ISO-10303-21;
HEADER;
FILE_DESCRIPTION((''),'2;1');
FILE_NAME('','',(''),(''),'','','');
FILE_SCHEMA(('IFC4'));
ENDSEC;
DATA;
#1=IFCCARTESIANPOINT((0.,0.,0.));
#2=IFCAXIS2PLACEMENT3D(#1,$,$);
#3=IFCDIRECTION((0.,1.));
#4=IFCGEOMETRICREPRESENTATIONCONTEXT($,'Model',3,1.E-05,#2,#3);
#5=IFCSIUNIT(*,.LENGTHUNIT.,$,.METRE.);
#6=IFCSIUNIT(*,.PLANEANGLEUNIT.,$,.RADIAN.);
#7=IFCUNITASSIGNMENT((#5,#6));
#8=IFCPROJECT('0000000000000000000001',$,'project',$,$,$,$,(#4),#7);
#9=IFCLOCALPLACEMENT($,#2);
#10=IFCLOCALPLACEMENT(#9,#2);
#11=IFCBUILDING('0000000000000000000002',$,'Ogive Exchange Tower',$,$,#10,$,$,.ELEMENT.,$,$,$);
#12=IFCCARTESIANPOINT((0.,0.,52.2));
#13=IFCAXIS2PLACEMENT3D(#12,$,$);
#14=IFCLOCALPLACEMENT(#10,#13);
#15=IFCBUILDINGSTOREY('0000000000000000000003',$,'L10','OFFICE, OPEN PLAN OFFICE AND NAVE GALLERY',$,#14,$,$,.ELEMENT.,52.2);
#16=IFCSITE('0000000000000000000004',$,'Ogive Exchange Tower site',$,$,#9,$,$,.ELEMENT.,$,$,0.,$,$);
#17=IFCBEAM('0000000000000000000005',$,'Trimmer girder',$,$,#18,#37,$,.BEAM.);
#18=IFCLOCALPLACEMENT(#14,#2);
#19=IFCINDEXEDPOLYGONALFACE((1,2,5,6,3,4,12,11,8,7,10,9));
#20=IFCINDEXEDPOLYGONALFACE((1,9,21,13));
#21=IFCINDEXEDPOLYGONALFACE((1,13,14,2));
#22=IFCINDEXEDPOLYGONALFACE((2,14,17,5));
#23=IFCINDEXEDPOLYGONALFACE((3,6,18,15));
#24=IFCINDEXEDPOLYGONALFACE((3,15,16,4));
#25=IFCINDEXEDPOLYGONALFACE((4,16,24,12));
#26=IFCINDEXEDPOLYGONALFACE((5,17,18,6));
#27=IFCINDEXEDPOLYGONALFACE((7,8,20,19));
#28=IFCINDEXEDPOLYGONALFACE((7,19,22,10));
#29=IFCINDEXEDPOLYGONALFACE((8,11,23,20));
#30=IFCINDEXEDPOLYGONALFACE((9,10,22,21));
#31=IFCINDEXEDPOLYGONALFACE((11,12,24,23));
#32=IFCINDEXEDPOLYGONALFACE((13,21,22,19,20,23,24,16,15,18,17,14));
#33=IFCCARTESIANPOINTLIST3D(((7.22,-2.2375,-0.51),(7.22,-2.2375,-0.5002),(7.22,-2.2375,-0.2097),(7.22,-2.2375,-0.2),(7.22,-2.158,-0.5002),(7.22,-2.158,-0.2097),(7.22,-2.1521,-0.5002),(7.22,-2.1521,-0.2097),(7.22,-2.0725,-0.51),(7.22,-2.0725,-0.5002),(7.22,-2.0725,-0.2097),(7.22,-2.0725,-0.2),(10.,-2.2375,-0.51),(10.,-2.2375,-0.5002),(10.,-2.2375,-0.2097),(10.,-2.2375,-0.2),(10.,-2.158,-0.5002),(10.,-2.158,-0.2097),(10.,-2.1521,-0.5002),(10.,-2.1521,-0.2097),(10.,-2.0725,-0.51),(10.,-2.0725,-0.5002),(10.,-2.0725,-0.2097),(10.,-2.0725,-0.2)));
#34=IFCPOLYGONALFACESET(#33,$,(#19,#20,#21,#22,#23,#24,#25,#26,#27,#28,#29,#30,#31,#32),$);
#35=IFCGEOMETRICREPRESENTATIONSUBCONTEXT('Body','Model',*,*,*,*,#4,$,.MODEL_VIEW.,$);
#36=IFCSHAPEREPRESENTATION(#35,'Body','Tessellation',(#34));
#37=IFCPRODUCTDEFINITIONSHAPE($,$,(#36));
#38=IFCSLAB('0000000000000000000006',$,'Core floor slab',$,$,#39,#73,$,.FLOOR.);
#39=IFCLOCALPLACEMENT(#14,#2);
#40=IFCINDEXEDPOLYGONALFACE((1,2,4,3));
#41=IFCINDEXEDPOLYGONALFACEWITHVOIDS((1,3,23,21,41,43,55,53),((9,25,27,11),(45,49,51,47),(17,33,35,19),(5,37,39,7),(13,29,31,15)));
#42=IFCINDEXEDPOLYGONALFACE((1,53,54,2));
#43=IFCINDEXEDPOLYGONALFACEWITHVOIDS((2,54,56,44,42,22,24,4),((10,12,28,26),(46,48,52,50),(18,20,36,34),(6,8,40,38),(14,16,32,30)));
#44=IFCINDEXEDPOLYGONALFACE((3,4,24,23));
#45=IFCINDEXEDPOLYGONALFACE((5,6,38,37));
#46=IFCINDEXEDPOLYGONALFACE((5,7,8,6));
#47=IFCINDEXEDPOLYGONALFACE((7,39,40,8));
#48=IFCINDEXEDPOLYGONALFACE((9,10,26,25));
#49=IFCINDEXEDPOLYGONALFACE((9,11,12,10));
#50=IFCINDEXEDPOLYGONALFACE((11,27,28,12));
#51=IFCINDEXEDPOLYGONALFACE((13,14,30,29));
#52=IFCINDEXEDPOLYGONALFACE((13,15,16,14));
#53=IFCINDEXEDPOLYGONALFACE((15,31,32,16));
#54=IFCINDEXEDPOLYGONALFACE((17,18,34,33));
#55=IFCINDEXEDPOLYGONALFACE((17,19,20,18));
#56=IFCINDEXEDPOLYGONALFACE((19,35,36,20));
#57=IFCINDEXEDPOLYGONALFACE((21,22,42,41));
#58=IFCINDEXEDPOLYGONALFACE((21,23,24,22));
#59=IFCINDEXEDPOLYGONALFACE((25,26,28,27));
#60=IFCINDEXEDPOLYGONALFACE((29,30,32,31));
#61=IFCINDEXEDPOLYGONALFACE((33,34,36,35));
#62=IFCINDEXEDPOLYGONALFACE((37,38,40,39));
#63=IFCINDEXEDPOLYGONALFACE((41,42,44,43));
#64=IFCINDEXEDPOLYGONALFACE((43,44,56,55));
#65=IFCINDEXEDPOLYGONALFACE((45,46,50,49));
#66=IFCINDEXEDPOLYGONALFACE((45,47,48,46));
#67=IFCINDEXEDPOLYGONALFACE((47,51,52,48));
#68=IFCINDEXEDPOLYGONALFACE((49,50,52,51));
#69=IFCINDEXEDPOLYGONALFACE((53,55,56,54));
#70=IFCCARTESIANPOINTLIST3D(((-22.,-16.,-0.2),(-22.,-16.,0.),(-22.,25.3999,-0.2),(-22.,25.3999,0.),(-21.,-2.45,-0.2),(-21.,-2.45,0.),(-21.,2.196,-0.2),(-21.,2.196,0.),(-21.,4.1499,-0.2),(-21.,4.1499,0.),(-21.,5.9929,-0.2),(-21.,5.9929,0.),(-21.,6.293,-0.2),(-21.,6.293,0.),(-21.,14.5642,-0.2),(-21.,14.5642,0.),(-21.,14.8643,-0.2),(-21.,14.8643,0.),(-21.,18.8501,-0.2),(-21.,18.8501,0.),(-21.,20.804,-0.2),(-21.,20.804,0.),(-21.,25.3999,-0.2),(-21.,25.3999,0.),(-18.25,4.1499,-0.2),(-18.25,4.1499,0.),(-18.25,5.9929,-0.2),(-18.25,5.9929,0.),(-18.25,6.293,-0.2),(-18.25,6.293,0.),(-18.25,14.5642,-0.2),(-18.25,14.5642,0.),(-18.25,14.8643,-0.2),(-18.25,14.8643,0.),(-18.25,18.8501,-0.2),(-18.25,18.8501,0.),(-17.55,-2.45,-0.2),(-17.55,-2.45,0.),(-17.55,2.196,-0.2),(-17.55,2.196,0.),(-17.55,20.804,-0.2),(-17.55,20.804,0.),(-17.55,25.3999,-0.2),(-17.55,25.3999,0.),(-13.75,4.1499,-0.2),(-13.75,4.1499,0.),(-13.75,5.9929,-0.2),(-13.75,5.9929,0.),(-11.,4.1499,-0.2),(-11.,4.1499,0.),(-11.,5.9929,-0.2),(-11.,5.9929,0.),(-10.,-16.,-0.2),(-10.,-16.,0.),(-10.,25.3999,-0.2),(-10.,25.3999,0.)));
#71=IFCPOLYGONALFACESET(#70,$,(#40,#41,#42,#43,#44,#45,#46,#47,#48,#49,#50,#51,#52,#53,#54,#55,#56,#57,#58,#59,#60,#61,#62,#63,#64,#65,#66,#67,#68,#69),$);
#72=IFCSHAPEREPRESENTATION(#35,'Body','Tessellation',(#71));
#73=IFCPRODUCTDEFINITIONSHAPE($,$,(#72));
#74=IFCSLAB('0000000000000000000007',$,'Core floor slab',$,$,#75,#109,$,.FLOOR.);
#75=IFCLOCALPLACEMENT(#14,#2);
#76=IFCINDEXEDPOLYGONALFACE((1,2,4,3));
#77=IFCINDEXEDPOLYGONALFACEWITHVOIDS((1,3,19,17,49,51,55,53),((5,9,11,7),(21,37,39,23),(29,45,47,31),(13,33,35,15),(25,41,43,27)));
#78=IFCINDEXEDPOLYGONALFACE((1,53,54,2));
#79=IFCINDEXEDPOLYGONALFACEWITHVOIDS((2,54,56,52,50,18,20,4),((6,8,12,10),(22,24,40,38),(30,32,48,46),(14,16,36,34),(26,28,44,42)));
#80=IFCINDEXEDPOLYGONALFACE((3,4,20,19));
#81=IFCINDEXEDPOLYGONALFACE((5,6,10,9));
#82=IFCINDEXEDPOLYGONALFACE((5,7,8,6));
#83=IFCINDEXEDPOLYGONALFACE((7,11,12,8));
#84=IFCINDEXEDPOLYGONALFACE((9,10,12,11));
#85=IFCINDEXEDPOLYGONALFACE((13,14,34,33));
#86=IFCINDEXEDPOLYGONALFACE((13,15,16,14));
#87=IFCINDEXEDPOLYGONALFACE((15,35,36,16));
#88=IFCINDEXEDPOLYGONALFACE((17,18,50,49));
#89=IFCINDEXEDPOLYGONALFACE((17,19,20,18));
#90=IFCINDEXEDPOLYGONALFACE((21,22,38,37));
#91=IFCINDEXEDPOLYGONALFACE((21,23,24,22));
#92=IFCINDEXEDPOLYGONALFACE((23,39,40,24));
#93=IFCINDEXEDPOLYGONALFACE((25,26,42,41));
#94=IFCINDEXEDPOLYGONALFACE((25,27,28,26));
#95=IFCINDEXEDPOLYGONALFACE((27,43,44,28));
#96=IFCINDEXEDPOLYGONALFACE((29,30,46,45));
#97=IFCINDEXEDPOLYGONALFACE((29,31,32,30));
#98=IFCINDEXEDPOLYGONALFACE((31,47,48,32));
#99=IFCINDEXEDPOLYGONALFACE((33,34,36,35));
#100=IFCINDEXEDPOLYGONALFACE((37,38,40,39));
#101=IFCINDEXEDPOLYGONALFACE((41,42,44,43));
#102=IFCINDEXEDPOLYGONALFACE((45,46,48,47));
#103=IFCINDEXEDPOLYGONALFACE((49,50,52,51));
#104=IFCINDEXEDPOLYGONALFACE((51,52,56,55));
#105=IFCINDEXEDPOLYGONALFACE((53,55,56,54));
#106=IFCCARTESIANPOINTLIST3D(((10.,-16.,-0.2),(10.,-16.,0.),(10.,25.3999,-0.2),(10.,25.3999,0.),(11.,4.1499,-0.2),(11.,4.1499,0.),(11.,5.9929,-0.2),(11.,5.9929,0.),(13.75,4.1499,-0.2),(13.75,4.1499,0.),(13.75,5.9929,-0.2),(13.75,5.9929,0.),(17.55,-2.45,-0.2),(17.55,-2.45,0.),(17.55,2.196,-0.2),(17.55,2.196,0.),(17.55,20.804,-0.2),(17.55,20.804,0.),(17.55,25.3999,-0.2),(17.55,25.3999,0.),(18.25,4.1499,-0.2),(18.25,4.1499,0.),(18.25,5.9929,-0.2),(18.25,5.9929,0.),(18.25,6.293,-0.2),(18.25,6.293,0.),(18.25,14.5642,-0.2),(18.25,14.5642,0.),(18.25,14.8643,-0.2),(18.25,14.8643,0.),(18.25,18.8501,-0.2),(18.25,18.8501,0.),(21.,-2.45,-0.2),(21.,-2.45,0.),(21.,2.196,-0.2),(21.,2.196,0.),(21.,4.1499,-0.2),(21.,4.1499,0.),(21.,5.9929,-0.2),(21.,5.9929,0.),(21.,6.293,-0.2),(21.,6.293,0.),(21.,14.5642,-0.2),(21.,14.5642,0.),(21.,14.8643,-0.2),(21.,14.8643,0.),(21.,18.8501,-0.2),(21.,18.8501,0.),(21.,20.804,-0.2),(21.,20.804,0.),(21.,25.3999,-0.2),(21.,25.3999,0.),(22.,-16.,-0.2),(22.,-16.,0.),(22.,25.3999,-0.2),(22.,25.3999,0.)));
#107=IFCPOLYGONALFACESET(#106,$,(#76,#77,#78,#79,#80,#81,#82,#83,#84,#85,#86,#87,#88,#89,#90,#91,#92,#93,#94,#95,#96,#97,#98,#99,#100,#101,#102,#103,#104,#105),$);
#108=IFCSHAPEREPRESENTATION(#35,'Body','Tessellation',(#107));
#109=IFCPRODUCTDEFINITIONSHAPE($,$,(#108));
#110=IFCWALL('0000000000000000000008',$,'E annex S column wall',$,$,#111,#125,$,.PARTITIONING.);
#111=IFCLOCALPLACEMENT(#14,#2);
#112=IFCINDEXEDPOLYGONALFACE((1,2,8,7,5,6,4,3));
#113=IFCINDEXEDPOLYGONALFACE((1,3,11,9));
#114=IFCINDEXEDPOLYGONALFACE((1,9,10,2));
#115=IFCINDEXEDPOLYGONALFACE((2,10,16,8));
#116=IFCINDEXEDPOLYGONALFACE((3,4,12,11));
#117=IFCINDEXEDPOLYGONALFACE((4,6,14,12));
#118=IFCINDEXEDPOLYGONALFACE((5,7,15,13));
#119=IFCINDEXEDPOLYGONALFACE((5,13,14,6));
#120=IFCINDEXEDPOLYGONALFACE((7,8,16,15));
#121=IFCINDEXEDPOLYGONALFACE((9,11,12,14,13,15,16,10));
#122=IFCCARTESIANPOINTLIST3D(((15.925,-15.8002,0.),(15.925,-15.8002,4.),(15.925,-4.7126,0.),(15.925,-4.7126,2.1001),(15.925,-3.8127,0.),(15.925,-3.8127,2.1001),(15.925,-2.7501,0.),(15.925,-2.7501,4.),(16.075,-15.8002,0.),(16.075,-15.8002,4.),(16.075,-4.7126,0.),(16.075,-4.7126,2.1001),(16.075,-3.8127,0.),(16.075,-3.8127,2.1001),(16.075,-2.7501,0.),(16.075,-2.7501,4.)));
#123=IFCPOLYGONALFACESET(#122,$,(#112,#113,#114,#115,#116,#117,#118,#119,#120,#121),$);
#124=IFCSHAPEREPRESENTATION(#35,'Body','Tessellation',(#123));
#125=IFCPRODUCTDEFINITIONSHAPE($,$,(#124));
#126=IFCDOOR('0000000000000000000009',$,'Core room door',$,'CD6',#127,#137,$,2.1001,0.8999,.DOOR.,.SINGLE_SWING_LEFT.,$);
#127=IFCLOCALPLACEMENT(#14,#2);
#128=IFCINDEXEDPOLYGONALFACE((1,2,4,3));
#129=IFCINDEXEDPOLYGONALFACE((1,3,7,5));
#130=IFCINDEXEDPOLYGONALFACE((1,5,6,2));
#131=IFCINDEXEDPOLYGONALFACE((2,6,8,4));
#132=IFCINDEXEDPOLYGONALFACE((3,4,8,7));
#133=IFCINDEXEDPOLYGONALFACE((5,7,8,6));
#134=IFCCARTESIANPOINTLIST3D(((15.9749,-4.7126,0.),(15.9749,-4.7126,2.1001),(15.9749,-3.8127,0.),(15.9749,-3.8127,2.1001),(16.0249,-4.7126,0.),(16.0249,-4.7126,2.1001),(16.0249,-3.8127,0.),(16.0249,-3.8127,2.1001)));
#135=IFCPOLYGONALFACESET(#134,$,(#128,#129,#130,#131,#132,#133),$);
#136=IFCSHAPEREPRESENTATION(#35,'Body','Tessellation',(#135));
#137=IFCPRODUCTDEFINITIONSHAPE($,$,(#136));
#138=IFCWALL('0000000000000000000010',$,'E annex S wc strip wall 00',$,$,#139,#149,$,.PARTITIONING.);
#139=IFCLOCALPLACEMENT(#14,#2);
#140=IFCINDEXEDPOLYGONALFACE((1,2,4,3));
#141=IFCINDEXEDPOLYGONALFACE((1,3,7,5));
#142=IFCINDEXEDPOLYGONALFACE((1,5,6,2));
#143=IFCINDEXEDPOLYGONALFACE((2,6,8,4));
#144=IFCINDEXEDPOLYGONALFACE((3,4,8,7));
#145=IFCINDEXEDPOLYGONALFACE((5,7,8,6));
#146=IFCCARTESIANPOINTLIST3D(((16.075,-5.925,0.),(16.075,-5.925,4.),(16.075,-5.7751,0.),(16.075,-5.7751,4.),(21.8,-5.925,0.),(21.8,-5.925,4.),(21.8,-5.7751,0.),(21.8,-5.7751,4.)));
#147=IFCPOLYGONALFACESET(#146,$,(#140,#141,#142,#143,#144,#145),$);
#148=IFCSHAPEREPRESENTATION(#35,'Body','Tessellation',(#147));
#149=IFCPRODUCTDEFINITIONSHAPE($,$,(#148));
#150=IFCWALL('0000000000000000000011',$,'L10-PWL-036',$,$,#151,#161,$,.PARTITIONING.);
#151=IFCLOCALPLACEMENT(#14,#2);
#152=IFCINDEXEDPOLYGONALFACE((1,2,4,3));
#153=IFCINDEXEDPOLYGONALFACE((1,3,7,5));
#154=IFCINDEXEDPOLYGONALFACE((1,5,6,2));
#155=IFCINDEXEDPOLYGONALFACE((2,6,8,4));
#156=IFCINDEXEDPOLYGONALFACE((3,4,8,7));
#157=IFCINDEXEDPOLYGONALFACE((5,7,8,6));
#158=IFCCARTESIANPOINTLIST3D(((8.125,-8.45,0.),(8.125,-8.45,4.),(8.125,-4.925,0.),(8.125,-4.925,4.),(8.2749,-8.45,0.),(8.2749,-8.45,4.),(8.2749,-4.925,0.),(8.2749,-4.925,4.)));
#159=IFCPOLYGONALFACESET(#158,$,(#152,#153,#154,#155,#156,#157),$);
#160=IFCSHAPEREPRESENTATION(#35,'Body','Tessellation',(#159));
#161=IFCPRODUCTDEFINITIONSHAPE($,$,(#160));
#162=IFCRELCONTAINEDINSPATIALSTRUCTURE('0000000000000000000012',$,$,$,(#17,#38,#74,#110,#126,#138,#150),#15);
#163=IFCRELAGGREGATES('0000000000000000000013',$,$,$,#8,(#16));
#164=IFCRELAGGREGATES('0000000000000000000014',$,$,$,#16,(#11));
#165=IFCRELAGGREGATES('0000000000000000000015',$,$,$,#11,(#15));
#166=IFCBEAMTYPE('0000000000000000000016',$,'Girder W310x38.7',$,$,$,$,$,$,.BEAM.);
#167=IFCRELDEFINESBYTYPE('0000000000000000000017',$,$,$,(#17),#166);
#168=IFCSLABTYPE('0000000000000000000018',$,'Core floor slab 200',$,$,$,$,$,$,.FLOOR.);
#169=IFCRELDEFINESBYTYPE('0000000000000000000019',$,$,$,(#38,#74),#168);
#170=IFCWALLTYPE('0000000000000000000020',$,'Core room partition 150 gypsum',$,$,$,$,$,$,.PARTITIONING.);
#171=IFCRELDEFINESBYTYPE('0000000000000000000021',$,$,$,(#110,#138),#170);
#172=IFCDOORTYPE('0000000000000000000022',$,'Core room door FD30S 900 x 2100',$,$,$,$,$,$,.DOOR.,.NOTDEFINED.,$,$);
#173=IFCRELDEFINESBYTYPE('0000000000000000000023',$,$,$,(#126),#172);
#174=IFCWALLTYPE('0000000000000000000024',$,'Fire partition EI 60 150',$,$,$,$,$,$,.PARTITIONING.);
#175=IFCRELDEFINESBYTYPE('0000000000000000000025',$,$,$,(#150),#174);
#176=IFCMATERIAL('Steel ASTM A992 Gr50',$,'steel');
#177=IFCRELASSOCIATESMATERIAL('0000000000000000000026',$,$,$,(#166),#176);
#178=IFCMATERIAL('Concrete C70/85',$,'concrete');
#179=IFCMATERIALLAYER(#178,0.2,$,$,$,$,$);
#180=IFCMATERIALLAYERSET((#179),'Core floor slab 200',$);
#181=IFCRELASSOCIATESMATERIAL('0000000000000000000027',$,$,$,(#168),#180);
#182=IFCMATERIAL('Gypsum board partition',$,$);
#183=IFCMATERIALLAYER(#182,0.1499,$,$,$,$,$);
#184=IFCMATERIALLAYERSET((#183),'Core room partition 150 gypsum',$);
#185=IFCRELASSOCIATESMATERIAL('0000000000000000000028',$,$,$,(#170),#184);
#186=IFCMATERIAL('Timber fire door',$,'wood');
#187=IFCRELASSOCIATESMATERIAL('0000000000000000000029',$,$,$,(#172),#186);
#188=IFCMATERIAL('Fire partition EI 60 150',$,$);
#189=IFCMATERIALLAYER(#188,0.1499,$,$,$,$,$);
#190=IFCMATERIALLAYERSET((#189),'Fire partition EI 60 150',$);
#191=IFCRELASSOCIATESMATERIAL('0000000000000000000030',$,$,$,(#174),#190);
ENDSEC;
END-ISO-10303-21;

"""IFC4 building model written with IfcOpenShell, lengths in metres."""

from ifc_helpers import new_model, si_unit, direction, frame, frame_2d, origin, origin_2d, place, context, subcontext, project, spatial, polyline, rectangle, i_section, outline, extrude, material, layer, layer_set, material_profile, profile_set, type_object, element, fill, save


model = new_model("IFC4")

# Units and contexts
model_context = context("Model", 3, precision=1e-05, world=origin(), true_north=direction((0.0, 1.0)))
body_context = subcontext(model_context, "Body", "Model", "MODEL_VIEW")
ifc_project = project(units=[si_unit("LENGTHUNIT", "METRE"), si_unit("PLANEANGLEUNIT", "RADIAN")], contexts=[model_context])

# Site, building, storey
site_placement = place(None, origin())
site = spatial("IfcSite", under=ifc_project, at=site_placement, Name="Ogive Exchange Tower site", CompositionType="ELEMENT", RefElevation=0.0)
building_placement = place(site_placement, origin())
building = spatial("IfcBuilding", under=site, at=building_placement, Name="Ogive Exchange Tower", CompositionType="ELEMENT")
storey_placement = place(building_placement, frame((0.0, 0.0, 52.2)))
storey = spatial("IfcBuildingStorey", under=building, at=storey_placement, Name="L10", Description="OFFICE, OPEN PLAN OFFICE AND NAVE GALLERY", CompositionType="ELEMENT", Elevation=52.2)

# Beam
ifc_material_1 = material(Name="Steel ASTM A992 Gr50", Category="steel")
ifc_material_profile = material_profile(ifc_material_1, i_section(OverallWidth=0.165, OverallDepth=0.3101, WebThickness=0.0059, FlangeThickness=0.0098, at=origin_2d()), Name="W310x38.7")
ifc_profile_set = profile_set([ifc_material_profile], Name="Steel ASTM A992 Gr50")
beam_type = type_object("IfcBeamType", Name="Girder W310x38.7", PredefinedType="BEAM", material=ifc_profile_set)
beam_placement = place(storey_placement, frame((7.22, -2.155, -0.355), z_axis=(1.0, 0.0, 0.0), x_axis=(0.0, 1.0, 0.0)))
element("IfcBeam", 1, at=beam_placement, inside=storey, type_object=beam_type, Name="Trimmer girder", PredefinedType="BEAM", context=body_context, shape_type="SweptSolid", body=[
    extrude(i_section(OverallWidth=0.165, OverallDepth=0.3101, WebThickness=0.0059, FlangeThickness=0.0098, at=origin_2d()), origin(), (0.0, 0.0, 1.0), 2.78),
])

# Slabs
ifc_material_2 = material(Name="Concrete C70/85", Category="concrete")
ifc_layer_1 = layer(ifc_material_2, 0.2)
ifc_layer_set_1 = layer_set([ifc_layer_1], Name="Core floor slab 200")
slab_type = type_object("IfcSlabType", Name="Core floor slab 200", PredefinedType="FLOOR", material=ifc_layer_set_1)
slab_1_placement = place(storey_placement, frame((0.0, 0.0, -0.2)))
element("IfcSlab", 2, at=slab_1_placement, inside=storey, type_object=slab_type, Name="Core floor slab", PredefinedType="FLOOR", context=body_context, shape_type="SweptSolid", body=[
    extrude(outline(polyline([(-10.0, 25.3999), (-10.0, -16.0), (-22.0, -16.0), (-22.0, 25.3999), (-21.0, 25.3999), (-21.0, 20.804), (-17.55, 20.804), (-17.55, 25.3999), (-10.0, 25.3999)]), holes=[polyline([(-17.55, 2.196), (-21.0, 2.196), (-21.0, -2.45), (-17.55, -2.45), (-17.55, 2.196)]), polyline([(-18.25, 5.9929), (-21.0, 5.9929), (-21.0, 4.1499), (-18.25, 4.1499), (-18.25, 5.9929)]), polyline([(-11.0, 5.9929), (-13.75, 5.9929), (-13.75, 4.1499), (-11.0, 4.1499), (-11.0, 5.9929)]), polyline([(-21.0, 14.5642), (-21.0, 6.293), (-18.25, 6.293), (-18.25, 14.5642), (-21.0, 14.5642)]), polyline([(-18.25, 18.8501), (-21.0, 18.8501), (-21.0, 14.8643), (-18.25, 14.8643), (-18.25, 18.8501)])]), origin(), (0.0, 0.0, 1.0), 0.2),
])
slab_2_placement = place(storey_placement, frame((0.0, 0.0, -0.2)))
element("IfcSlab", 3, at=slab_2_placement, inside=storey, type_object=slab_type, Name="Core floor slab", PredefinedType="FLOOR", context=body_context, shape_type="SweptSolid", body=[
    extrude(outline(polyline([(22.0, 25.3999), (22.0, -16.0), (10.0, -16.0), (10.0, 25.3999), (17.55, 25.3999), (17.55, 20.804), (21.0, 20.804), (21.0, 25.3999), (22.0, 25.3999)]), holes=[polyline([(21.0, 2.196), (17.55, 2.196), (17.55, -2.45), (21.0, -2.45), (21.0, 2.196)]), polyline([(13.75, 5.9929), (11.0, 5.9929), (11.0, 4.1499), (13.75, 4.1499), (13.75, 5.9929)]), polyline([(21.0, 5.9929), (18.25, 5.9929), (18.25, 4.1499), (21.0, 4.1499), (21.0, 5.9929)]), polyline([(18.25, 14.5642), (18.25, 6.293), (21.0, 6.293), (21.0, 14.5642), (18.25, 14.5642)]), polyline([(21.0, 18.8501), (18.25, 18.8501), (18.25, 14.8643), (21.0, 14.8643), (21.0, 18.8501)])]), origin(), (0.0, 0.0, 1.0), 0.2),
])

# Wall, opening, door
ifc_material_3 = material(Name="Gypsum board partition")
ifc_layer_2 = layer(ifc_material_3, 0.1499)
ifc_layer_set_2 = layer_set([ifc_layer_2], Name="Core room partition 150 gypsum")
wall_type_1 = type_object("IfcWallType", Name="Core room partition 150 gypsum", PredefinedType="PARTITIONING", material=ifc_layer_set_2)
wall_1_placement = place(storey_placement, frame((16.0, -15.8, 0.0), z_axis=(0.0, 0.0, 1.0), x_axis=(0.0, 1.0, 0.0)))
wall_1 = element("IfcWall", 4, at=wall_1_placement, inside=storey, type_object=wall_type_1, Name="E annex S column wall", PredefinedType="PARTITIONING", context=body_context, shape_type="SweptSolid", body=[
    extrude(rectangle(XDim=13.05, YDim=0.1499, at=frame_2d((6.5249, 0.0))), origin(), (0.0, 0.0, 1.0), 4.0),
])
opening_1_placement = place(wall_1_placement, frame((11.0874, 0.0, 0.0)))
opening_1 = element("IfcOpeningElement", 5, at=opening_1_placement, cuts=wall_1, PredefinedType="OPENING", context=body_context, shape_type="SweptSolid", body=[
    extrude(rectangle(XDim=0.8999, YDim=2.1001, at=frame_2d((0.45, 1.05))), frame((0.0, 0.085, 0.0), z_axis=(0.0, -1.0, 0.0), x_axis=(1.0, 0.0, 0.0)), (0.0, 0.0, 1.0), 0.1699),
])
ifc_material_4 = material(Name="Timber fire door", Category="wood")
door_type_1 = type_object("IfcDoorType", Name="Core room door FD30S 900 x 2100", OperationType="NOTDEFINED", PredefinedType="DOOR", material=ifc_material_4)
door_1_placement = place(opening_1_placement, frame((0.8999, 0.0, 0.0), z_axis=(0.0, 0.0, 1.0), x_axis=(-1.0, 0.0, 0.0)))
door_1 = element("IfcDoor", 6, at=door_1_placement, inside=storey, type_object=door_type_1, Name="Core room door", ObjectType="CD6", OperationType="SINGLE_SWING_LEFT", OverallHeight=2.1001, OverallWidth=0.8999, PredefinedType="DOOR", context=body_context, shape_type="SweptSolid", body=[
    extrude(rectangle(XDim=0.8999, YDim=2.1001, at=frame_2d((0.45, 1.05))), frame((0.0, 0.0249, 0.0), z_axis=(0.0, -1.0, 0.0), x_axis=(1.0, 0.0, 0.0)), (0.0, 0.0, 1.0), 0.05),
])
fill(opening_1, door_1)

# Walls
wall_2_placement = place(storey_placement, frame((16.075, -5.8501, 0.0), z_axis=(0.0, 0.0, 1.0), x_axis=(1.0, 0.0, 0.0)))
element("IfcWall", 7, at=wall_2_placement, inside=storey, type_object=wall_type_1, Name="E annex S wc strip wall 00", PredefinedType="PARTITIONING", context=body_context, shape_type="SweptSolid", body=[
    extrude(rectangle(XDim=5.7251, YDim=0.1499, at=frame_2d((2.8625, 0.0))), origin(), (0.0, 0.0, 1.0), 4.0),
])
ifc_material_5 = material(Name="Fire partition EI 60 150")
ifc_layer_3 = layer(ifc_material_5, 0.1499)
ifc_layer_set_3 = layer_set([ifc_layer_3], Name="Fire partition EI 60 150")
wall_type_2 = type_object("IfcWallType", Name="Fire partition EI 60 150", PredefinedType="PARTITIONING", material=ifc_layer_set_3)
wall_3_placement = place(storey_placement, frame((8.2, -8.45, 0.0), z_axis=(0.0, 0.0, 1.0), x_axis=(0.0, 1.0, 0.0)))
element("IfcWall", 8, at=wall_3_placement, inside=storey, type_object=wall_type_2, Name="L10-PWL-036", PredefinedType="PARTITIONING", context=body_context, shape_type="SweptSolid", body=[
    extrude(rectangle(XDim=3.5249, YDim=0.1499, at=frame_2d((1.7625, 0.0))), origin(), (0.0, 0.0, 1.0), 4.0),
])

save(model, "model.ifc")
